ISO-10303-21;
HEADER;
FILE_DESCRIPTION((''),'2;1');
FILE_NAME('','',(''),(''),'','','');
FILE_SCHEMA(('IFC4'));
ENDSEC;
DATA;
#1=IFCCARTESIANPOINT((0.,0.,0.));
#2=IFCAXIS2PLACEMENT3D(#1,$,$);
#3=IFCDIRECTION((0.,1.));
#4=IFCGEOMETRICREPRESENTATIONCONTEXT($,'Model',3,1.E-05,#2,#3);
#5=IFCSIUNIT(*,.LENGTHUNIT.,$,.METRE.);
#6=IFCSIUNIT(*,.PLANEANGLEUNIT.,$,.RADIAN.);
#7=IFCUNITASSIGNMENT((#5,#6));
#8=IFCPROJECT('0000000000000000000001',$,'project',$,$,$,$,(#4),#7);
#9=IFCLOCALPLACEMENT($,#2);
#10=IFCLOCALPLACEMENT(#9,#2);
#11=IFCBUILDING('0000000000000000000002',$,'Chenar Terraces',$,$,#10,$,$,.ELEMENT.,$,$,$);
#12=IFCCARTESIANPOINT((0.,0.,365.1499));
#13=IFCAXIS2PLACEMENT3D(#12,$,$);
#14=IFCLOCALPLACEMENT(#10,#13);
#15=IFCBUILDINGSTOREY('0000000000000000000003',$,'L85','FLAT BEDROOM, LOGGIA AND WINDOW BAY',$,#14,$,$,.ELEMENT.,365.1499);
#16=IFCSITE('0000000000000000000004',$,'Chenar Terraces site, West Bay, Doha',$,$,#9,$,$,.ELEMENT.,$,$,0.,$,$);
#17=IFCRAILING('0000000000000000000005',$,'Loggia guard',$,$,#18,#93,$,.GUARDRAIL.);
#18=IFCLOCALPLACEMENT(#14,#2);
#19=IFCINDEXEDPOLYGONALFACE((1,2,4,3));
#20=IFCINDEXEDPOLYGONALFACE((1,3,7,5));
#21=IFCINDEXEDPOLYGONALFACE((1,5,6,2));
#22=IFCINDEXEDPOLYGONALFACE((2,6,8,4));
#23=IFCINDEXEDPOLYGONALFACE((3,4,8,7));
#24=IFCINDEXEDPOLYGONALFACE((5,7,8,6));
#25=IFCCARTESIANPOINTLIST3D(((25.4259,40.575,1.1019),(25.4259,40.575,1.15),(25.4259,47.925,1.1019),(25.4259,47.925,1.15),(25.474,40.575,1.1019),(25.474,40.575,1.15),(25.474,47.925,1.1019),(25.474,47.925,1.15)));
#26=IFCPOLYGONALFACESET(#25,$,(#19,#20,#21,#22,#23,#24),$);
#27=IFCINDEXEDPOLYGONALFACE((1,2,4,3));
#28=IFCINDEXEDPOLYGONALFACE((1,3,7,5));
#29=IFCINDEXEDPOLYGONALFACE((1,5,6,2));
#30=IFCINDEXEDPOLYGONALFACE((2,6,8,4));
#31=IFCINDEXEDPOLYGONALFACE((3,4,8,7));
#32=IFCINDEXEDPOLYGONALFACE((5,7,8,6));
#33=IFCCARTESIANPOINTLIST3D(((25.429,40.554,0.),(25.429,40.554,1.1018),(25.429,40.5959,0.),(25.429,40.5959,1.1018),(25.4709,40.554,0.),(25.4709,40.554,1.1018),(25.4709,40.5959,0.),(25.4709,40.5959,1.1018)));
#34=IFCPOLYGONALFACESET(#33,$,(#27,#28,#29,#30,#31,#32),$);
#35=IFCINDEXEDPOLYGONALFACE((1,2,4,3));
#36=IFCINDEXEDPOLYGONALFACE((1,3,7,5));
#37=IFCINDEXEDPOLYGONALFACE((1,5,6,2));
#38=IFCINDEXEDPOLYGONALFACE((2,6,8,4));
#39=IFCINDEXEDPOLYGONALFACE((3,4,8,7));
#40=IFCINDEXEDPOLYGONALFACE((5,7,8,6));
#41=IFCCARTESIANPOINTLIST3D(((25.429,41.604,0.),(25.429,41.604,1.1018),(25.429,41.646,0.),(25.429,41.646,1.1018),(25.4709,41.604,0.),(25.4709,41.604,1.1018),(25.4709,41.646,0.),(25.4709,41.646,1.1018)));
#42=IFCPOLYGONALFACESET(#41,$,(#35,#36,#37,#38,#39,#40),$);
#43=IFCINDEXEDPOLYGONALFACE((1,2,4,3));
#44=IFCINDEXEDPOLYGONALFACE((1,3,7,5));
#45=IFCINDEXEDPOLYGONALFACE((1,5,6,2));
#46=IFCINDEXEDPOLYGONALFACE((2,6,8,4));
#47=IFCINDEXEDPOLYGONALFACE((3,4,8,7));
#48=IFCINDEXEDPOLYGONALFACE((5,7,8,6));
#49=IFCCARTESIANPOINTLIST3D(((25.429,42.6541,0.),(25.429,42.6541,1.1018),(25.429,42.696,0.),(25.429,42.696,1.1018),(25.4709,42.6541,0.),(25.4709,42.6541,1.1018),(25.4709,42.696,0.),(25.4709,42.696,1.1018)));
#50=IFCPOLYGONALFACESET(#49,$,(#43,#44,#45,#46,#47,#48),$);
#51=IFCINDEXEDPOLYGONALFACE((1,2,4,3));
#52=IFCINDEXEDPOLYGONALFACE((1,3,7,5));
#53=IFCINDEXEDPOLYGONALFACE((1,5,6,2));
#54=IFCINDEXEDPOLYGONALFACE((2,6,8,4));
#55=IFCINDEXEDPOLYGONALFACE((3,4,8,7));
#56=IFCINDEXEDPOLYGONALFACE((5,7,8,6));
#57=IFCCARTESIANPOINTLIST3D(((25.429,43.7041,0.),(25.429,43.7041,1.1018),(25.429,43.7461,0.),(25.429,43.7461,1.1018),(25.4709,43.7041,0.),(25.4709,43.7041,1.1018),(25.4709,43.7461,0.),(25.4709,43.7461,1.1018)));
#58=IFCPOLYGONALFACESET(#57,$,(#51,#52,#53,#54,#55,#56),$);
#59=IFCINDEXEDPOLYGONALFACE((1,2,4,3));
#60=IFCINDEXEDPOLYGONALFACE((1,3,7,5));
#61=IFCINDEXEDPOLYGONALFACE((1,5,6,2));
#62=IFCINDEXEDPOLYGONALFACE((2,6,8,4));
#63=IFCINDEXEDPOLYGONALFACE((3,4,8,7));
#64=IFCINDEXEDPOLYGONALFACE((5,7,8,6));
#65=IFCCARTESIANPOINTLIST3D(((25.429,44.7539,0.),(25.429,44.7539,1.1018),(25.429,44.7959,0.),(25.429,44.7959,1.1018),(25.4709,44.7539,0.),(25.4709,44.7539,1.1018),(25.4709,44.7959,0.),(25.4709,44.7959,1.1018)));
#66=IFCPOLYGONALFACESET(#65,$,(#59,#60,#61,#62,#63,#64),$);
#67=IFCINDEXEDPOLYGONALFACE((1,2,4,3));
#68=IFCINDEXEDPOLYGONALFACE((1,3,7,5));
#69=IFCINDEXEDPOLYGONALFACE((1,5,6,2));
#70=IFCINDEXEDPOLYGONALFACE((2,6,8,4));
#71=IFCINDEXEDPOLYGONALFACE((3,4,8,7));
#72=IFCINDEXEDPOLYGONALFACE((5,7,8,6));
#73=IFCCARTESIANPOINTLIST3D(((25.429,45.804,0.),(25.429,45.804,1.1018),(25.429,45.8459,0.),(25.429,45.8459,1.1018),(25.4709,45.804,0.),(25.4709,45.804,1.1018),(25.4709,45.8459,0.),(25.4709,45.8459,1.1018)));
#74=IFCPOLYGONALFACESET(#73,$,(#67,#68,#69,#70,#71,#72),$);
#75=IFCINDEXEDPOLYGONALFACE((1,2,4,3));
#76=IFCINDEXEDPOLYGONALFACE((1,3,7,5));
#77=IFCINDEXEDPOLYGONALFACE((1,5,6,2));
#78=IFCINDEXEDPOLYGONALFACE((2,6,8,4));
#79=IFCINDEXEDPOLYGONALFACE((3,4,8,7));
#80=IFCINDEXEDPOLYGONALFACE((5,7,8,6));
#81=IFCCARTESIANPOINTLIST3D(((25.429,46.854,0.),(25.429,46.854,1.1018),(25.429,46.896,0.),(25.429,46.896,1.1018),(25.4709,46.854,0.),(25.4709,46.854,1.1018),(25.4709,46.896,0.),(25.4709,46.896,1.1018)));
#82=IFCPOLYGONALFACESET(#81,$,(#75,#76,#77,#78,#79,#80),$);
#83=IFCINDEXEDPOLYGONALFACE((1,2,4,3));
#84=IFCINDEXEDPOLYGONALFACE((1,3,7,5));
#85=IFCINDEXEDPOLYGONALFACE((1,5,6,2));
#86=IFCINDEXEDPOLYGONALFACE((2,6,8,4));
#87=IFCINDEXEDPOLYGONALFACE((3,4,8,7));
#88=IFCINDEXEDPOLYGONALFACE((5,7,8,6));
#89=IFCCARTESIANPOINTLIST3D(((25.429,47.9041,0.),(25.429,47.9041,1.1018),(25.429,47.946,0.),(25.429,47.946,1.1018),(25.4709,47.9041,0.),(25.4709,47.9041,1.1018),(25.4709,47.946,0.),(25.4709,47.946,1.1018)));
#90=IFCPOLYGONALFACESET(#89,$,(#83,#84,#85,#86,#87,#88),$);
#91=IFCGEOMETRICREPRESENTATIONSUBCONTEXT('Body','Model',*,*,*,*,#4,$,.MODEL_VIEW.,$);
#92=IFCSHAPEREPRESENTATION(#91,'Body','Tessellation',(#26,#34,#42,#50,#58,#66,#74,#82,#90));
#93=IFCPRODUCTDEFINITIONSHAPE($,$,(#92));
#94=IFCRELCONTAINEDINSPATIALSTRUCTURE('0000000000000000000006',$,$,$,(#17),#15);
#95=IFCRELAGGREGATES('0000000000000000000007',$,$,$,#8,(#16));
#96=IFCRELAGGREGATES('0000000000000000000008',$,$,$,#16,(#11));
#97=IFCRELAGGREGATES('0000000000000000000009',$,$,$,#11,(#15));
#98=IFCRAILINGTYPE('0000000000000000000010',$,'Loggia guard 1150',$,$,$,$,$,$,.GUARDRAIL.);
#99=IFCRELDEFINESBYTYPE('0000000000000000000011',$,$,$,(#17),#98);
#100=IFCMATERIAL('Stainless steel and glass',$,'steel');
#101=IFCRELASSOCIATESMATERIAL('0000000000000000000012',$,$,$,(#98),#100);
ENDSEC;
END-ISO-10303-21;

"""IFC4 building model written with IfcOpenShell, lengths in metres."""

from ifc_helpers import new_model, si_unit, direction, frame, origin, origin_2d, place, context, subcontext, project, spatial, rectangle, extrude, material, type_object, element, save


model = new_model("IFC4")

# Units and contexts
model_context = context("Model", 3, precision=1e-05, world=origin(), true_north=direction((0.0, 1.0)))
body_context = subcontext(model_context, "Body", "Model", "MODEL_VIEW")
ifc_project = project(units=[si_unit("LENGTHUNIT", "METRE"), si_unit("PLANEANGLEUNIT", "RADIAN")], contexts=[model_context])

# Site, building, storey
site_placement = place(None, origin())
site = spatial("IfcSite", under=ifc_project, at=site_placement, Name="Chenar Terraces site, West Bay, Doha", CompositionType="ELEMENT", RefElevation=0.0)
building_placement = place(site_placement, origin())
building = spatial("IfcBuilding", under=site, at=building_placement, Name="Chenar Terraces", CompositionType="ELEMENT")
storey_placement = place(building_placement, frame((0.0, 0.0, 365.1499)))
storey = spatial("IfcBuildingStorey", under=building, at=storey_placement, Name="L85", Description="FLAT BEDROOM, LOGGIA AND WINDOW BAY", CompositionType="ELEMENT", Elevation=365.1499)

# Railing
ifc_material_1 = material(Name="Stainless steel and glass", Category="steel")
railing_type_1 = type_object("IfcRailingType", Name="Loggia guard 1150", PredefinedType="GUARDRAIL", material=ifc_material_1)
railing_1_placement = place(storey_placement, frame((25.45, 40.575, 0.0)))
element("IfcRailing", 1, at=railing_1_placement, inside=storey, type_object=railing_type_1, Name="Loggia guard", PredefinedType="GUARDRAIL", context=body_context, shape_type="SweptSolid", body=[
    extrude(rectangle(XDim=0.0481, YDim=0.0481, at=origin_2d()), frame((0.0, 0.0, 1.126), z_axis=(0.0, 1.0, 0.0), x_axis=(-1.0, 0.0, 0.0)), (0.0, 0.0, 1.0), 7.3501),
    extrude(rectangle(XDim=0.042, YDim=0.042, at=origin_2d()), origin(), (0.0, 0.0, 1.0), 1.1018),
    extrude(rectangle(XDim=0.042, YDim=0.042, at=origin_2d()), frame((0.0, 1.05, 0.0)), (0.0, 0.0, 1.0), 1.1018),
    extrude(rectangle(XDim=0.042, YDim=0.042, at=origin_2d()), frame((0.0, 2.1001, 0.0)), (0.0, 0.0, 1.0), 1.1018),
    extrude(rectangle(XDim=0.042, YDim=0.042, at=origin_2d()), frame((0.0, 3.1501, 0.0)), (0.0, 0.0, 1.0), 1.1018),
    extrude(rectangle(XDim=0.042, YDim=0.042, at=origin_2d()), frame((0.0, 4.2, 0.0)), (0.0, 0.0, 1.0), 1.1018),
    extrude(rectangle(XDim=0.042, YDim=0.042, at=origin_2d()), frame((0.0, 5.25, 0.0)), (0.0, 0.0, 1.0), 1.1018),
    extrude(rectangle(XDim=0.042, YDim=0.042, at=origin_2d()), frame((0.0, 6.3, 0.0)), (0.0, 0.0, 1.0), 1.1018),
    extrude(rectangle(XDim=0.042, YDim=0.042, at=origin_2d()), frame((0.0, 7.3501, 0.0)), (0.0, 0.0, 1.0), 1.1018),
])

save(model, "model.ifc")
